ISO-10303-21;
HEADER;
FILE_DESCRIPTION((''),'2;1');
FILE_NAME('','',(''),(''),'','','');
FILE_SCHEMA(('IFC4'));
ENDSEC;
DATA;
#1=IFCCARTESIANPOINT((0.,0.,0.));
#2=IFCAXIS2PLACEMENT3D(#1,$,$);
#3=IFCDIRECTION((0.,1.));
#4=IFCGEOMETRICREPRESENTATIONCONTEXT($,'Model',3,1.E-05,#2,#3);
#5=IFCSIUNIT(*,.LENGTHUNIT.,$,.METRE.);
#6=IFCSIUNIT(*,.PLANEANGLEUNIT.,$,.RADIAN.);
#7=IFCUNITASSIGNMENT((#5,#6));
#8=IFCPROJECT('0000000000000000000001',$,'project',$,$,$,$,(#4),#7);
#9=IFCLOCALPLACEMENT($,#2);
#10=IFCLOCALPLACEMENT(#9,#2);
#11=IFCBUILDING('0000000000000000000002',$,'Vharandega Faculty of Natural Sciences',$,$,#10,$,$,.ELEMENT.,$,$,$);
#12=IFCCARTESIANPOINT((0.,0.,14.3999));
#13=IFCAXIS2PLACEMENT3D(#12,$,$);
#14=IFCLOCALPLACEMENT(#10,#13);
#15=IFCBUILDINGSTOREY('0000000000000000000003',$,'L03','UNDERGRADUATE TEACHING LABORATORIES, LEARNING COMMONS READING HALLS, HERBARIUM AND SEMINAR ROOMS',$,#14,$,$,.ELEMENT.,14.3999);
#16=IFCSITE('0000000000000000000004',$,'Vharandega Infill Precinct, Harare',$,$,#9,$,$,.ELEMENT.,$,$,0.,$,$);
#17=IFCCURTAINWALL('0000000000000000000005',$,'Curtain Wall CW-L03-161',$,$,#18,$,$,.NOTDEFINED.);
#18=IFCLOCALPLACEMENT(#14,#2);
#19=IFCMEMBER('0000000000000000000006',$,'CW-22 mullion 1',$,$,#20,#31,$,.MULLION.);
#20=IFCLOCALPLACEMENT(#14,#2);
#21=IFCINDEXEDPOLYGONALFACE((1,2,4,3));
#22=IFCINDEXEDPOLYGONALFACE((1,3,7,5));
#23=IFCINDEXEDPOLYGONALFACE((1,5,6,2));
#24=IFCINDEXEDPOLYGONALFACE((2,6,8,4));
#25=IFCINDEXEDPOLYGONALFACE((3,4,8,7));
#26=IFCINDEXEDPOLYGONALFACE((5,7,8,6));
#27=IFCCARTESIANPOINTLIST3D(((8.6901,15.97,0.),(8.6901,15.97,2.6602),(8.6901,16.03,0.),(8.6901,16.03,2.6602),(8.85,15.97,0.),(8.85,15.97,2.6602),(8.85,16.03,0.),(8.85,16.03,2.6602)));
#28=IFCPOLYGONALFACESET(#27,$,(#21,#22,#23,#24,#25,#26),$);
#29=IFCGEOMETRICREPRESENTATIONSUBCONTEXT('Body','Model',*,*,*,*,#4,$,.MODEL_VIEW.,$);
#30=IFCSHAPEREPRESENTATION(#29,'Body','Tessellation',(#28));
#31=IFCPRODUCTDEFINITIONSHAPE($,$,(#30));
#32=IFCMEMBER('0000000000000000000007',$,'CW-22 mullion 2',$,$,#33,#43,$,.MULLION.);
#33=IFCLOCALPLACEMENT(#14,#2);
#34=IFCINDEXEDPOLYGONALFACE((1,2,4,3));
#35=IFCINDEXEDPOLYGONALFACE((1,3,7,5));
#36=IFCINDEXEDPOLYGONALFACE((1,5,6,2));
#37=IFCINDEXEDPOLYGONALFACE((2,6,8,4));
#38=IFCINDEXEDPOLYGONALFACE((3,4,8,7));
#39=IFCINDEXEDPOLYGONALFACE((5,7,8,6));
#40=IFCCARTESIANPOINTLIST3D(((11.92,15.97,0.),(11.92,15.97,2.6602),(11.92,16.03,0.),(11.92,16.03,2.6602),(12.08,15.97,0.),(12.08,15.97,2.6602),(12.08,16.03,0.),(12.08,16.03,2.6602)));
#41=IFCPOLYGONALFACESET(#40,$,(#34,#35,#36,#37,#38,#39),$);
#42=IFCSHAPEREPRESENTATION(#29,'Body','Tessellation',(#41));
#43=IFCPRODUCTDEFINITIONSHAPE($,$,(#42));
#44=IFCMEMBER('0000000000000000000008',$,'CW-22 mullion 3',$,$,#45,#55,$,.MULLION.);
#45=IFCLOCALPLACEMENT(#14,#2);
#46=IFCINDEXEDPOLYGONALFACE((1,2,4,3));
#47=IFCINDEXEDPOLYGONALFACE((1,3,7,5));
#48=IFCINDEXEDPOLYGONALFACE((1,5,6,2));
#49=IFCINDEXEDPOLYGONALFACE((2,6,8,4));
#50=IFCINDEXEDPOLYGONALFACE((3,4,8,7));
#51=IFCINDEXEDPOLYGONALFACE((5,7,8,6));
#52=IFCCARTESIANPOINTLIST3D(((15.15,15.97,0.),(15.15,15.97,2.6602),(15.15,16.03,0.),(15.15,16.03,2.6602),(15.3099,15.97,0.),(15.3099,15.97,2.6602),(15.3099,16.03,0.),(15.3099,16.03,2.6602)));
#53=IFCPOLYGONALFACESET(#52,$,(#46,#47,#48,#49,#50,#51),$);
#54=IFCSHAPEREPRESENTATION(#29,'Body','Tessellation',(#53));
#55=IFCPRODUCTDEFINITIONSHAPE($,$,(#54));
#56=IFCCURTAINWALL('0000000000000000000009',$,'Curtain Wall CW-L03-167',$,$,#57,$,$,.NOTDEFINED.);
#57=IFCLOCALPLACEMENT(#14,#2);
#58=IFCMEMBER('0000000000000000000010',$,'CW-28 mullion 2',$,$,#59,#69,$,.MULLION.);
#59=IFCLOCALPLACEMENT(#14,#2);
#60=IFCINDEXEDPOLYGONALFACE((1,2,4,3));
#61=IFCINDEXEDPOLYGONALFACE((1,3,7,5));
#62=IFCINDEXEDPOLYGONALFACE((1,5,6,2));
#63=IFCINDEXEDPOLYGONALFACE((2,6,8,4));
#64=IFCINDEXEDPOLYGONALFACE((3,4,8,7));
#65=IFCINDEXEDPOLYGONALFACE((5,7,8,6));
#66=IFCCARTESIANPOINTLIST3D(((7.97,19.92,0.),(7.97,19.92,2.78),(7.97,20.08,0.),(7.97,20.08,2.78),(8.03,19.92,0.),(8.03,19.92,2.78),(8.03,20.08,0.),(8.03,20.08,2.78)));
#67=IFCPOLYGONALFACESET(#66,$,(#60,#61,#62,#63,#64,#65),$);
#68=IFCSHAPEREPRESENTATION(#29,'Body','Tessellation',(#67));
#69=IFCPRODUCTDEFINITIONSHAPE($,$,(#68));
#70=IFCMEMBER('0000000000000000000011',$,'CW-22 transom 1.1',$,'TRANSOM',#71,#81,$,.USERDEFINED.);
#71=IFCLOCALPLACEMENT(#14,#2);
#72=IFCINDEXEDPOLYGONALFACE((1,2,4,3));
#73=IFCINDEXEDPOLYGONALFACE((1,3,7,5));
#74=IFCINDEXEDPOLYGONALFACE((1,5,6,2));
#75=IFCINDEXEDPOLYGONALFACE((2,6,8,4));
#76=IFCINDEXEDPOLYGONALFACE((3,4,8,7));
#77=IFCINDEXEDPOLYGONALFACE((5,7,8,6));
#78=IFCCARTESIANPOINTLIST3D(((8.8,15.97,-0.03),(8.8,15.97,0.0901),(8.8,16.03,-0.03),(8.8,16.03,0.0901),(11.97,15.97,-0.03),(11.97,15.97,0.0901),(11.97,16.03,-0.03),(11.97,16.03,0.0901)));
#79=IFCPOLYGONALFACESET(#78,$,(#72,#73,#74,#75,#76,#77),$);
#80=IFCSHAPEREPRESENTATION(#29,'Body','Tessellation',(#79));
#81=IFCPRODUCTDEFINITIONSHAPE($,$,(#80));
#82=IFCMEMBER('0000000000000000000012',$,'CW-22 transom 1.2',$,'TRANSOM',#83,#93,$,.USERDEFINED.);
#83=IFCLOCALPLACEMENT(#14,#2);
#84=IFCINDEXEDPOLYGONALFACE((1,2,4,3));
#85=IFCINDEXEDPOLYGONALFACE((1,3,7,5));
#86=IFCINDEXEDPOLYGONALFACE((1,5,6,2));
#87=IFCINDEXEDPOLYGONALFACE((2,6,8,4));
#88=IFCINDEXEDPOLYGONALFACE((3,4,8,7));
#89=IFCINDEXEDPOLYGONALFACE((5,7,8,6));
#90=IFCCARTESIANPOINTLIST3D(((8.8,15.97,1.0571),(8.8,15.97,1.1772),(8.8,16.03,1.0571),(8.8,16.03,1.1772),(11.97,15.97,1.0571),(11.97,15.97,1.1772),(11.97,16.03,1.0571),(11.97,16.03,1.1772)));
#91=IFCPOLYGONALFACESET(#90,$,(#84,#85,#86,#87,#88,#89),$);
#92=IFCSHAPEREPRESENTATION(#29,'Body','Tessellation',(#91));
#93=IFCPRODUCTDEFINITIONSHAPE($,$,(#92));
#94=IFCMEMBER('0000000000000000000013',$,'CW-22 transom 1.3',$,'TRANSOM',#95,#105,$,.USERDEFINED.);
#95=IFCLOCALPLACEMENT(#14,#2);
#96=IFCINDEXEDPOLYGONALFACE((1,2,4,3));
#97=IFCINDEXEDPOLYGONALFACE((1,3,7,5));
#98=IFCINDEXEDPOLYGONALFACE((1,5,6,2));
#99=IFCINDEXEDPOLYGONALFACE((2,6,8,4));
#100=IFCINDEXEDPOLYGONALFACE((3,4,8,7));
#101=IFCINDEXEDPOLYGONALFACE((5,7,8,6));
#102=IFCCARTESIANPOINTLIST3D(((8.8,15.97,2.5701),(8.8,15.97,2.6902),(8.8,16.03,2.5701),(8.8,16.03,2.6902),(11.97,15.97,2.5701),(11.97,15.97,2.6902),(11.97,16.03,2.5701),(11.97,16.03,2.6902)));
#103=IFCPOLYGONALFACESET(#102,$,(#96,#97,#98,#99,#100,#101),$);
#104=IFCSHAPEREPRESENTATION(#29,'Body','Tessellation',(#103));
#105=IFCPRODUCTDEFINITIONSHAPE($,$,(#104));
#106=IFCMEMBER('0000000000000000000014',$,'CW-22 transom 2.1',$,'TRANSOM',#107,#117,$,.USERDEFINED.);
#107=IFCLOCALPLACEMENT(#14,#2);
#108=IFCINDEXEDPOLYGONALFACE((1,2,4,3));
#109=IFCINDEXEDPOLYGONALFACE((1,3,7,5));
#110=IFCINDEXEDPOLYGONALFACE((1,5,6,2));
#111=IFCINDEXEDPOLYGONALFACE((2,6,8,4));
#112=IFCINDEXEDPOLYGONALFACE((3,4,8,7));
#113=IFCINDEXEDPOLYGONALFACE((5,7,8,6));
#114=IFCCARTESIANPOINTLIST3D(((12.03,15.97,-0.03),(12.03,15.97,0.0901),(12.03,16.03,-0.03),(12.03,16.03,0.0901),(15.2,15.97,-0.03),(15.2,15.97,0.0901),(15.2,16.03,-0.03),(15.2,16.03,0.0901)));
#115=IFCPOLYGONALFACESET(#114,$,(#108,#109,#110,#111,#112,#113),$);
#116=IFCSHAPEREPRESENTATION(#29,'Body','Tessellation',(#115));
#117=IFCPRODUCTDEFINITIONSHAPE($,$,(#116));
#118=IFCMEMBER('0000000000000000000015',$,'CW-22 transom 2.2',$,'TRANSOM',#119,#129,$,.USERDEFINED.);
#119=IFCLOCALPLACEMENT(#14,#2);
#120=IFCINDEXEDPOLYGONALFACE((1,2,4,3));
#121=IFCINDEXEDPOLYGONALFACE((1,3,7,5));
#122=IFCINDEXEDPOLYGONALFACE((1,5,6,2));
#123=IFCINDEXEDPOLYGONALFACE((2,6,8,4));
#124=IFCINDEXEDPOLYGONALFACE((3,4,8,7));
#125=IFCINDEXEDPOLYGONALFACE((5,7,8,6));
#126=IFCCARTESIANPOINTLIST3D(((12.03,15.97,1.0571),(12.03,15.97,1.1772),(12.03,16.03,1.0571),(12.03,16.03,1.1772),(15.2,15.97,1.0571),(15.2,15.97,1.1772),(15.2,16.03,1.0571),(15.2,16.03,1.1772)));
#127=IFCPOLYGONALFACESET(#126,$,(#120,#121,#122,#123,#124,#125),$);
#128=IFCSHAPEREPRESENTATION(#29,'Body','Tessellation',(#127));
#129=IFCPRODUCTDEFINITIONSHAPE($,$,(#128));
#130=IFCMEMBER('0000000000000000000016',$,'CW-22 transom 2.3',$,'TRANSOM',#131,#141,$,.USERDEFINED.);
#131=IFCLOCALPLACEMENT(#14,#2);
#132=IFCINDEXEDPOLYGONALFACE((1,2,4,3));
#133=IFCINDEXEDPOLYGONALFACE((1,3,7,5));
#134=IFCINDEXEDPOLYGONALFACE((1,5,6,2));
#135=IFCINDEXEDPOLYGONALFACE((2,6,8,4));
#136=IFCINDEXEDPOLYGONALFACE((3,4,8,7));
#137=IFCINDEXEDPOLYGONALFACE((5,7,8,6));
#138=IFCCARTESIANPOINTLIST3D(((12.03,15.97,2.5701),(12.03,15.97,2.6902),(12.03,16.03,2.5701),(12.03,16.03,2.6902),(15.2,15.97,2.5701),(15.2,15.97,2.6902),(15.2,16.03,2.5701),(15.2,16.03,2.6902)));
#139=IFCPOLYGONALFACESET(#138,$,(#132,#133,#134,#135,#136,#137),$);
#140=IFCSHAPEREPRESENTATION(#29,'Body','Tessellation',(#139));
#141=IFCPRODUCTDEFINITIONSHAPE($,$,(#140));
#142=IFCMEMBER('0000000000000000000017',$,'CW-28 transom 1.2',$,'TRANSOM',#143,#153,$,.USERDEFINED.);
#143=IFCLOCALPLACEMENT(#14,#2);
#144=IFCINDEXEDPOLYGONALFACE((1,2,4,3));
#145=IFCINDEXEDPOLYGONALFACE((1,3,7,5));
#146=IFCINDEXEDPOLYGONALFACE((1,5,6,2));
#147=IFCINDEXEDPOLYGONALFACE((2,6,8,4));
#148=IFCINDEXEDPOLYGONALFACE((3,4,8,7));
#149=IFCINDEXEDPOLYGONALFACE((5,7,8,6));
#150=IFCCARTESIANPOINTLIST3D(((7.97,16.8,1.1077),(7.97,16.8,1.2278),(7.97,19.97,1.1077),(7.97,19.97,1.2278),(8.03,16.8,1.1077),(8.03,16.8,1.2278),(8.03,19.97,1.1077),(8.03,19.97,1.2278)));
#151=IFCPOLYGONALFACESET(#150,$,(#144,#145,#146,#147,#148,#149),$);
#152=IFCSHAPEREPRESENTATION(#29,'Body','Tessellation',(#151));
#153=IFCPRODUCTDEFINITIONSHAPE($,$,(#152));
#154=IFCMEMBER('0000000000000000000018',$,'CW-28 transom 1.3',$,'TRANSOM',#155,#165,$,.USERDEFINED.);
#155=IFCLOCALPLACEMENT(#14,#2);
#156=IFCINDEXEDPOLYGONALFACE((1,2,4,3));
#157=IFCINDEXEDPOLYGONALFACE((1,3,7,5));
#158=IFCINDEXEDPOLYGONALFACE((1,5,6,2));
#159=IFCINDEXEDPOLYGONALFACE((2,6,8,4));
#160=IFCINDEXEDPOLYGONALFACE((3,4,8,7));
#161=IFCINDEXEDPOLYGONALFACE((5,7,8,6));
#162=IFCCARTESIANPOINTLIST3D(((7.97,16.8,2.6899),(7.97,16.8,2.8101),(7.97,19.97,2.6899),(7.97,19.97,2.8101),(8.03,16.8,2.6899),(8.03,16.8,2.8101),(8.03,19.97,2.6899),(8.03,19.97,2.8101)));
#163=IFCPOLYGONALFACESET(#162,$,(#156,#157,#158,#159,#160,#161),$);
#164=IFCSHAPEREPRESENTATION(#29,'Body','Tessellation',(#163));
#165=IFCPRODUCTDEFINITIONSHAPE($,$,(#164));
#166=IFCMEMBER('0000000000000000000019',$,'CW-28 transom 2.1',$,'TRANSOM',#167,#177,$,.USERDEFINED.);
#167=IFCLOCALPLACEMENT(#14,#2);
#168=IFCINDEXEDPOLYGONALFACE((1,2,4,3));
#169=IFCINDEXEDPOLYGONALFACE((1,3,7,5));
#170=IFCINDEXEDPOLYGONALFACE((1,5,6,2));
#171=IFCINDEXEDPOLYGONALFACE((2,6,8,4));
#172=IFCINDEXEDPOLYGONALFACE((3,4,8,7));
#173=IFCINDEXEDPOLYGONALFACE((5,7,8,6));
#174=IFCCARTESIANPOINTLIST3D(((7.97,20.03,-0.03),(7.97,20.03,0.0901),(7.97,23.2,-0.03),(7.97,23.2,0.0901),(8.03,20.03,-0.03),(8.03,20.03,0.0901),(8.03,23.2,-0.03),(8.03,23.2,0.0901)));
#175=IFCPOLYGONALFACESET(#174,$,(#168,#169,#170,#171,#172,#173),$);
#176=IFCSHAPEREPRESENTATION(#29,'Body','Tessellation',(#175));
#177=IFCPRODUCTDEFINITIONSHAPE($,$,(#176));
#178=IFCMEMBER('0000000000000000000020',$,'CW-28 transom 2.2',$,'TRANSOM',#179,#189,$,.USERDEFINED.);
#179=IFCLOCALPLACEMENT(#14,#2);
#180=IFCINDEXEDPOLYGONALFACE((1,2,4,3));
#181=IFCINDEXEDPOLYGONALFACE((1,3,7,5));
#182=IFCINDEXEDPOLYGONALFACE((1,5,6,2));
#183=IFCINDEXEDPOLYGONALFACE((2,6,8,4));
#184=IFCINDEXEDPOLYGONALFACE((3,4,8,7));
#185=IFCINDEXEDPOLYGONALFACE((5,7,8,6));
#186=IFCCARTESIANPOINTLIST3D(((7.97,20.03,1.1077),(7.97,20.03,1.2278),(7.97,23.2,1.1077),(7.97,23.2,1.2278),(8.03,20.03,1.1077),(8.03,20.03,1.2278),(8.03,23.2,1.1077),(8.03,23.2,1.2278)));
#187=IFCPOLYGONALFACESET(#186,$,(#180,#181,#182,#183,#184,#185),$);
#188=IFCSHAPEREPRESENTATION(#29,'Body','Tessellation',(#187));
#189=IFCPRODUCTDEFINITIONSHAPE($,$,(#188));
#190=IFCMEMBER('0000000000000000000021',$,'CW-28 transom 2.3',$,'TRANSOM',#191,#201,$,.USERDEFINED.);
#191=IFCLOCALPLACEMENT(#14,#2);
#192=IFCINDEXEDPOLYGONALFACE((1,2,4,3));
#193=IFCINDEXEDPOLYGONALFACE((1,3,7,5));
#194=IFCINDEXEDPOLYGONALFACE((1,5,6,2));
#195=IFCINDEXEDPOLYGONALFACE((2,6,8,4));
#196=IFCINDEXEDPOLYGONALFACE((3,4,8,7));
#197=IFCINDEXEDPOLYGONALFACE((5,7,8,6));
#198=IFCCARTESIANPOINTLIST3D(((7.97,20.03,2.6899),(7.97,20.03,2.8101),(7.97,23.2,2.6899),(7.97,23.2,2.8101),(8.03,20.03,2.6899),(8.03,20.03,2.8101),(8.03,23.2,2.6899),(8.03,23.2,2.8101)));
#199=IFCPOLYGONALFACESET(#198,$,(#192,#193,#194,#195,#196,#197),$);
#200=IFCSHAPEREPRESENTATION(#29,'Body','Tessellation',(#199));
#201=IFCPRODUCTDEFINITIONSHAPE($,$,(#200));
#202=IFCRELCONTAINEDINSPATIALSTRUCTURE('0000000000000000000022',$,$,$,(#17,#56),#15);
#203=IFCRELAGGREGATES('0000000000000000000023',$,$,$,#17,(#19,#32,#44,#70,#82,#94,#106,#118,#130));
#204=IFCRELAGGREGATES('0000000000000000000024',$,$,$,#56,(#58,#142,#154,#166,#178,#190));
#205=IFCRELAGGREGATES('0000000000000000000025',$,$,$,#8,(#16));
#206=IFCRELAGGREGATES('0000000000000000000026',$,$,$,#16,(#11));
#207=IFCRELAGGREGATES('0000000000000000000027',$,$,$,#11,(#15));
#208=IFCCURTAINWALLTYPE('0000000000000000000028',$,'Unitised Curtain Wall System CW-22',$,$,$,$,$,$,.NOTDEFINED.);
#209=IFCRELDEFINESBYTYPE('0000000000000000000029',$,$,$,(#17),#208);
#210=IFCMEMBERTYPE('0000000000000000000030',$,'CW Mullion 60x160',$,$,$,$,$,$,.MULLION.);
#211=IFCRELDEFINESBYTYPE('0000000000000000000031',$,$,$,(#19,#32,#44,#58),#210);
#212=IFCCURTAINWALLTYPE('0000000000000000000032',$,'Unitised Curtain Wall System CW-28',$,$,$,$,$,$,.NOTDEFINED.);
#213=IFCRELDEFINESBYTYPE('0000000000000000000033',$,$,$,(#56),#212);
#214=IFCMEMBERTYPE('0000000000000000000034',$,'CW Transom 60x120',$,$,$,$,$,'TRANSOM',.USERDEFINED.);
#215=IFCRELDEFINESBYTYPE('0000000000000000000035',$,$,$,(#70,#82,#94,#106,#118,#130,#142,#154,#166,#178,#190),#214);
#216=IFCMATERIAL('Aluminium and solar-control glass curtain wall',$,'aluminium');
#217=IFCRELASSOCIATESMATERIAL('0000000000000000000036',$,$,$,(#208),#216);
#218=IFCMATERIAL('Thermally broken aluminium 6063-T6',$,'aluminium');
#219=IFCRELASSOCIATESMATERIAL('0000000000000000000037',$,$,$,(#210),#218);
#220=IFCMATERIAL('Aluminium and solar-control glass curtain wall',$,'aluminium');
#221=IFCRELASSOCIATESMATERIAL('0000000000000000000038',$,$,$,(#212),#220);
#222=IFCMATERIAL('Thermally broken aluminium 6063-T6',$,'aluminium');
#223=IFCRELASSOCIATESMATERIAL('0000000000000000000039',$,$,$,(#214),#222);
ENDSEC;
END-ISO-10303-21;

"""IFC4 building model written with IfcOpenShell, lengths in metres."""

from ifc_helpers import new_model, si_unit, direction, frame, origin, origin_2d, place, context, subcontext, project, spatial, rectangle, extrude, material, material_profile, profile_set, type_object, element, aggregate, save


model = new_model("IFC4")

# Units and contexts
model_context = context("Model", 3, precision=1e-05, world=origin(), true_north=direction((0.0, 1.0)))
body_context = subcontext(model_context, "Body", "Model", "MODEL_VIEW")
ifc_project = project(units=[si_unit("LENGTHUNIT", "METRE"), si_unit("PLANEANGLEUNIT", "RADIAN")], contexts=[model_context])

# Site, building, storey
site_placement = place(None, origin())
site = spatial("IfcSite", under=ifc_project, at=site_placement, Name="Vharandega Infill Precinct, Harare", CompositionType="ELEMENT", RefElevation=0.0)
building_placement = place(site_placement, origin())
building = spatial("IfcBuilding", under=site, at=building_placement, Name="Vharandega Faculty of Natural Sciences", CompositionType="ELEMENT")
storey_placement = place(building_placement, frame((0.0, 0.0, 14.3999)))
storey = spatial("IfcBuildingStorey", under=building, at=storey_placement, Name="L03", Description="UNDERGRADUATE TEACHING LABORATORIES, LEARNING COMMONS READING HALLS, HERBARIUM AND SEMINAR ROOMS", CompositionType="ELEMENT", Elevation=14.3999)

# Curtain wall, members
ifc_material_1 = material(Name="Aluminium and solar-control glass curtain wall", Category="aluminium")
curtain_wall_type_1 = type_object("IfcCurtainWallType", Name="Unitised Curtain Wall System CW-22", PredefinedType="NOTDEFINED", material=ifc_material_1)
curtain_wall_1_placement = place(storey_placement, origin())
curtain_wall_1 = element("IfcCurtainWall", 1, at=curtain_wall_1_placement, inside=storey, type_object=curtain_wall_type_1, Name="Curtain Wall CW-L03-161", PredefinedType="NOTDEFINED")
ifc_material_2 = material(Name="Thermally broken aluminium 6063-T6", Category="aluminium")
ifc_material_profile_1 = material_profile(ifc_material_2, rectangle(XDim=0.0601, YDim=0.1599, at=origin_2d()), Name="ALU 60x160")
ifc_profile_set_1 = profile_set([ifc_material_profile_1], Name="Thermally broken aluminium 6063-T6")
member_type_1 = type_object("IfcMemberType", Name="CW Mullion 60x160", PredefinedType="MULLION", material=ifc_profile_set_1)
member_1_placement = place(storey_placement, frame((8.77, 16.0, 0.0), z_axis=(0.0, 0.0, 1.0), x_axis=(0.0, 1.0, 0.0)))
member_1 = element("IfcMember", 2, at=member_1_placement, type_object=member_type_1, Name="CW-22 mullion 1", PredefinedType="MULLION", context=body_context, shape_type="SweptSolid", body=[
    extrude(rectangle(XDim=0.0601, YDim=0.1599, at=origin_2d()), origin(), (0.0, 0.0, 1.0), 2.6602),
])
member_2_placement = place(storey_placement, frame((12.0, 16.0, 0.0), z_axis=(0.0, 0.0, 1.0), x_axis=(0.0, 1.0, 0.0)))
member_2 = element("IfcMember", 3, at=member_2_placement, type_object=member_type_1, Name="CW-22 mullion 2", PredefinedType="MULLION", context=body_context, shape_type="SweptSolid", body=[
    extrude(rectangle(XDim=0.0601, YDim=0.1599, at=origin_2d()), origin(), (0.0, 0.0, 1.0), 2.6602),
])
member_3_placement = place(storey_placement, frame((15.23, 16.0, 0.0), z_axis=(0.0, 0.0, 1.0), x_axis=(0.0, 1.0, 0.0)))
member_3 = element("IfcMember", 4, at=member_3_placement, type_object=member_type_1, Name="CW-22 mullion 3", PredefinedType="MULLION", context=body_context, shape_type="SweptSolid", body=[
    extrude(rectangle(XDim=0.0601, YDim=0.1599, at=origin_2d()), origin(), (0.0, 0.0, 1.0), 2.6602),
])

# Curtain wall, member
ifc_material_3 = material(Name="Aluminium and solar-control glass curtain wall", Category="aluminium")
curtain_wall_type_2 = type_object("IfcCurtainWallType", Name="Unitised Curtain Wall System CW-28", PredefinedType="NOTDEFINED", material=ifc_material_3)
curtain_wall_2_placement = place(storey_placement, origin())
curtain_wall_2 = element("IfcCurtainWall", 5, at=curtain_wall_2_placement, inside=storey, type_object=curtain_wall_type_2, Name="Curtain Wall CW-L03-167", PredefinedType="NOTDEFINED")
member_4_placement = place(storey_placement, frame((8.0, 20.0, 0.0), z_axis=(0.0, 0.0, 1.0), x_axis=(-1.0, 0.0, 0.0)))
member_4 = element("IfcMember", 6, at=member_4_placement, type_object=member_type_1, Name="CW-28 mullion 2", PredefinedType="MULLION", context=body_context, shape_type="SweptSolid", body=[
    extrude(rectangle(XDim=0.0601, YDim=0.1599, at=origin_2d()), origin(), (0.0, 0.0, 1.0), 2.78),
])

# Members
ifc_material_4 = material(Name="Thermally broken aluminium 6063-T6", Category="aluminium")
ifc_material_profile_2 = material_profile(ifc_material_4, rectangle(XDim=0.0601, YDim=0.1201, at=origin_2d()), Name="ALU 60x120")
ifc_profile_set_2 = profile_set([ifc_material_profile_2], Name="Thermally broken aluminium 6063-T6")
member_type_2 = type_object("IfcMemberType", Name="CW Transom 60x120", ElementType="TRANSOM", PredefinedType="USERDEFINED", material=ifc_profile_set_2)
member_5_placement = place(storey_placement, frame((8.8, 16.0, 0.03), z_axis=(1.0, 0.0, 0.0), x_axis=(0.0, 1.0, 0.0)))
member_5 = element("IfcMember", 7, at=member_5_placement, type_object=member_type_2, Name="CW-22 transom 1.1", ObjectType="TRANSOM", PredefinedType="USERDEFINED", context=body_context, shape_type="SweptSolid", body=[
    extrude(rectangle(XDim=0.0601, YDim=0.1201, at=origin_2d()), origin(), (0.0, 0.0, 1.0), 3.1699),
])
member_6_placement = place(storey_placement, frame((8.8, 16.0, 1.1172), z_axis=(1.0, 0.0, 0.0), x_axis=(0.0, 1.0, 0.0)))
member_6 = element("IfcMember", 8, at=member_6_placement, type_object=member_type_2, Name="CW-22 transom 1.2", ObjectType="TRANSOM", PredefinedType="USERDEFINED", context=body_context, shape_type="SweptSolid", body=[
    extrude(rectangle(XDim=0.0601, YDim=0.1201, at=origin_2d()), origin(), (0.0, 0.0, 1.0), 3.1699),
])
member_7_placement = place(storey_placement, frame((8.8, 16.0, 2.6301), z_axis=(1.0, 0.0, 0.0), x_axis=(0.0, 1.0, 0.0)))
member_7 = element("IfcMember", 9, at=member_7_placement, type_object=member_type_2, Name="CW-22 transom 1.3", ObjectType="TRANSOM", PredefinedType="USERDEFINED", context=body_context, shape_type="SweptSolid", body=[
    extrude(rectangle(XDim=0.0601, YDim=0.1201, at=origin_2d()), origin(), (0.0, 0.0, 1.0), 3.1699),
])
member_8_placement = place(storey_placement, frame((12.03, 16.0, 0.03), z_axis=(1.0, 0.0, 0.0), x_axis=(0.0, 1.0, 0.0)))
member_8 = element("IfcMember", 10, at=member_8_placement, type_object=member_type_2, Name="CW-22 transom 2.1", ObjectType="TRANSOM", PredefinedType="USERDEFINED", context=body_context, shape_type="SweptSolid", body=[
    extrude(rectangle(XDim=0.0601, YDim=0.1201, at=origin_2d()), origin(), (0.0, 0.0, 1.0), 3.1699),
])
member_9_placement = place(storey_placement, frame((12.03, 16.0, 1.1172), z_axis=(1.0, 0.0, 0.0), x_axis=(0.0, 1.0, 0.0)))
member_9 = element("IfcMember", 11, at=member_9_placement, type_object=member_type_2, Name="CW-22 transom 2.2", ObjectType="TRANSOM", PredefinedType="USERDEFINED", context=body_context, shape_type="SweptSolid", body=[
    extrude(rectangle(XDim=0.0601, YDim=0.1201, at=origin_2d()), origin(), (0.0, 0.0, 1.0), 3.1699),
])
member_10_placement = place(storey_placement, frame((12.03, 16.0, 2.6301), z_axis=(1.0, 0.0, 0.0), x_axis=(0.0, 1.0, 0.0)))
member_10 = element("IfcMember", 12, at=member_10_placement, type_object=member_type_2, Name="CW-22 transom 2.3", ObjectType="TRANSOM", PredefinedType="USERDEFINED", context=body_context, shape_type="SweptSolid", body=[
    extrude(rectangle(XDim=0.0601, YDim=0.1201, at=origin_2d()), origin(), (0.0, 0.0, 1.0), 3.1699),
])
member_11_placement = place(storey_placement, frame((8.0, 16.8, 1.1677), z_axis=(0.0, 1.0, 0.0), x_axis=(-1.0, 0.0, 0.0)))
member_11 = element("IfcMember", 13, at=member_11_placement, type_object=member_type_2, Name="CW-28 transom 1.2", ObjectType="TRANSOM", PredefinedType="USERDEFINED", context=body_context, shape_type="SweptSolid", body=[
    extrude(rectangle(XDim=0.0601, YDim=0.1201, at=origin_2d()), origin(), (0.0, 0.0, 1.0), 3.1699),
])
member_12_placement = place(storey_placement, frame((8.0, 16.8, 2.75), z_axis=(0.0, 1.0, 0.0), x_axis=(-1.0, 0.0, 0.0)))
member_12 = element("IfcMember", 14, at=member_12_placement, type_object=member_type_2, Name="CW-28 transom 1.3", ObjectType="TRANSOM", PredefinedType="USERDEFINED", context=body_context, shape_type="SweptSolid", body=[
    extrude(rectangle(XDim=0.0601, YDim=0.1201, at=origin_2d()), origin(), (0.0, 0.0, 1.0), 3.1699),
])
member_13_placement = place(storey_placement, frame((8.0, 20.03, 0.03), z_axis=(0.0, 1.0, 0.0), x_axis=(-1.0, 0.0, 0.0)))
member_13 = element("IfcMember", 15, at=member_13_placement, type_object=member_type_2, Name="CW-28 transom 2.1", ObjectType="TRANSOM", PredefinedType="USERDEFINED", context=body_context, shape_type="SweptSolid", body=[
    extrude(rectangle(XDim=0.0601, YDim=0.1201, at=origin_2d()), origin(), (0.0, 0.0, 1.0), 3.1699),
])
member_14_placement = place(storey_placement, frame((8.0, 20.03, 1.1677), z_axis=(0.0, 1.0, 0.0), x_axis=(-1.0, 0.0, 0.0)))
member_14 = element("IfcMember", 16, at=member_14_placement, type_object=member_type_2, Name="CW-28 transom 2.2", ObjectType="TRANSOM", PredefinedType="USERDEFINED", context=body_context, shape_type="SweptSolid", body=[
    extrude(rectangle(XDim=0.0601, YDim=0.1201, at=origin_2d()), origin(), (0.0, 0.0, 1.0), 3.1699),
])
member_15_placement = place(storey_placement, frame((8.0, 20.03, 2.75), z_axis=(0.0, 1.0, 0.0), x_axis=(-1.0, 0.0, 0.0)))
member_15 = element("IfcMember", 17, at=member_15_placement, type_object=member_type_2, Name="CW-28 transom 2.3", ObjectType="TRANSOM", PredefinedType="USERDEFINED", context=body_context, shape_type="SweptSolid", body=[
    extrude(rectangle(XDim=0.0601, YDim=0.1201, at=origin_2d()), origin(), (0.0, 0.0, 1.0), 3.1699),
])

aggregate(curtain_wall_1, [member_1, member_2, member_3, member_5, member_6, member_7, member_8, member_9, member_10])
aggregate(curtain_wall_2, [member_4, member_11, member_12, member_13, member_14, member_15])

save(model, "model.ifc")
